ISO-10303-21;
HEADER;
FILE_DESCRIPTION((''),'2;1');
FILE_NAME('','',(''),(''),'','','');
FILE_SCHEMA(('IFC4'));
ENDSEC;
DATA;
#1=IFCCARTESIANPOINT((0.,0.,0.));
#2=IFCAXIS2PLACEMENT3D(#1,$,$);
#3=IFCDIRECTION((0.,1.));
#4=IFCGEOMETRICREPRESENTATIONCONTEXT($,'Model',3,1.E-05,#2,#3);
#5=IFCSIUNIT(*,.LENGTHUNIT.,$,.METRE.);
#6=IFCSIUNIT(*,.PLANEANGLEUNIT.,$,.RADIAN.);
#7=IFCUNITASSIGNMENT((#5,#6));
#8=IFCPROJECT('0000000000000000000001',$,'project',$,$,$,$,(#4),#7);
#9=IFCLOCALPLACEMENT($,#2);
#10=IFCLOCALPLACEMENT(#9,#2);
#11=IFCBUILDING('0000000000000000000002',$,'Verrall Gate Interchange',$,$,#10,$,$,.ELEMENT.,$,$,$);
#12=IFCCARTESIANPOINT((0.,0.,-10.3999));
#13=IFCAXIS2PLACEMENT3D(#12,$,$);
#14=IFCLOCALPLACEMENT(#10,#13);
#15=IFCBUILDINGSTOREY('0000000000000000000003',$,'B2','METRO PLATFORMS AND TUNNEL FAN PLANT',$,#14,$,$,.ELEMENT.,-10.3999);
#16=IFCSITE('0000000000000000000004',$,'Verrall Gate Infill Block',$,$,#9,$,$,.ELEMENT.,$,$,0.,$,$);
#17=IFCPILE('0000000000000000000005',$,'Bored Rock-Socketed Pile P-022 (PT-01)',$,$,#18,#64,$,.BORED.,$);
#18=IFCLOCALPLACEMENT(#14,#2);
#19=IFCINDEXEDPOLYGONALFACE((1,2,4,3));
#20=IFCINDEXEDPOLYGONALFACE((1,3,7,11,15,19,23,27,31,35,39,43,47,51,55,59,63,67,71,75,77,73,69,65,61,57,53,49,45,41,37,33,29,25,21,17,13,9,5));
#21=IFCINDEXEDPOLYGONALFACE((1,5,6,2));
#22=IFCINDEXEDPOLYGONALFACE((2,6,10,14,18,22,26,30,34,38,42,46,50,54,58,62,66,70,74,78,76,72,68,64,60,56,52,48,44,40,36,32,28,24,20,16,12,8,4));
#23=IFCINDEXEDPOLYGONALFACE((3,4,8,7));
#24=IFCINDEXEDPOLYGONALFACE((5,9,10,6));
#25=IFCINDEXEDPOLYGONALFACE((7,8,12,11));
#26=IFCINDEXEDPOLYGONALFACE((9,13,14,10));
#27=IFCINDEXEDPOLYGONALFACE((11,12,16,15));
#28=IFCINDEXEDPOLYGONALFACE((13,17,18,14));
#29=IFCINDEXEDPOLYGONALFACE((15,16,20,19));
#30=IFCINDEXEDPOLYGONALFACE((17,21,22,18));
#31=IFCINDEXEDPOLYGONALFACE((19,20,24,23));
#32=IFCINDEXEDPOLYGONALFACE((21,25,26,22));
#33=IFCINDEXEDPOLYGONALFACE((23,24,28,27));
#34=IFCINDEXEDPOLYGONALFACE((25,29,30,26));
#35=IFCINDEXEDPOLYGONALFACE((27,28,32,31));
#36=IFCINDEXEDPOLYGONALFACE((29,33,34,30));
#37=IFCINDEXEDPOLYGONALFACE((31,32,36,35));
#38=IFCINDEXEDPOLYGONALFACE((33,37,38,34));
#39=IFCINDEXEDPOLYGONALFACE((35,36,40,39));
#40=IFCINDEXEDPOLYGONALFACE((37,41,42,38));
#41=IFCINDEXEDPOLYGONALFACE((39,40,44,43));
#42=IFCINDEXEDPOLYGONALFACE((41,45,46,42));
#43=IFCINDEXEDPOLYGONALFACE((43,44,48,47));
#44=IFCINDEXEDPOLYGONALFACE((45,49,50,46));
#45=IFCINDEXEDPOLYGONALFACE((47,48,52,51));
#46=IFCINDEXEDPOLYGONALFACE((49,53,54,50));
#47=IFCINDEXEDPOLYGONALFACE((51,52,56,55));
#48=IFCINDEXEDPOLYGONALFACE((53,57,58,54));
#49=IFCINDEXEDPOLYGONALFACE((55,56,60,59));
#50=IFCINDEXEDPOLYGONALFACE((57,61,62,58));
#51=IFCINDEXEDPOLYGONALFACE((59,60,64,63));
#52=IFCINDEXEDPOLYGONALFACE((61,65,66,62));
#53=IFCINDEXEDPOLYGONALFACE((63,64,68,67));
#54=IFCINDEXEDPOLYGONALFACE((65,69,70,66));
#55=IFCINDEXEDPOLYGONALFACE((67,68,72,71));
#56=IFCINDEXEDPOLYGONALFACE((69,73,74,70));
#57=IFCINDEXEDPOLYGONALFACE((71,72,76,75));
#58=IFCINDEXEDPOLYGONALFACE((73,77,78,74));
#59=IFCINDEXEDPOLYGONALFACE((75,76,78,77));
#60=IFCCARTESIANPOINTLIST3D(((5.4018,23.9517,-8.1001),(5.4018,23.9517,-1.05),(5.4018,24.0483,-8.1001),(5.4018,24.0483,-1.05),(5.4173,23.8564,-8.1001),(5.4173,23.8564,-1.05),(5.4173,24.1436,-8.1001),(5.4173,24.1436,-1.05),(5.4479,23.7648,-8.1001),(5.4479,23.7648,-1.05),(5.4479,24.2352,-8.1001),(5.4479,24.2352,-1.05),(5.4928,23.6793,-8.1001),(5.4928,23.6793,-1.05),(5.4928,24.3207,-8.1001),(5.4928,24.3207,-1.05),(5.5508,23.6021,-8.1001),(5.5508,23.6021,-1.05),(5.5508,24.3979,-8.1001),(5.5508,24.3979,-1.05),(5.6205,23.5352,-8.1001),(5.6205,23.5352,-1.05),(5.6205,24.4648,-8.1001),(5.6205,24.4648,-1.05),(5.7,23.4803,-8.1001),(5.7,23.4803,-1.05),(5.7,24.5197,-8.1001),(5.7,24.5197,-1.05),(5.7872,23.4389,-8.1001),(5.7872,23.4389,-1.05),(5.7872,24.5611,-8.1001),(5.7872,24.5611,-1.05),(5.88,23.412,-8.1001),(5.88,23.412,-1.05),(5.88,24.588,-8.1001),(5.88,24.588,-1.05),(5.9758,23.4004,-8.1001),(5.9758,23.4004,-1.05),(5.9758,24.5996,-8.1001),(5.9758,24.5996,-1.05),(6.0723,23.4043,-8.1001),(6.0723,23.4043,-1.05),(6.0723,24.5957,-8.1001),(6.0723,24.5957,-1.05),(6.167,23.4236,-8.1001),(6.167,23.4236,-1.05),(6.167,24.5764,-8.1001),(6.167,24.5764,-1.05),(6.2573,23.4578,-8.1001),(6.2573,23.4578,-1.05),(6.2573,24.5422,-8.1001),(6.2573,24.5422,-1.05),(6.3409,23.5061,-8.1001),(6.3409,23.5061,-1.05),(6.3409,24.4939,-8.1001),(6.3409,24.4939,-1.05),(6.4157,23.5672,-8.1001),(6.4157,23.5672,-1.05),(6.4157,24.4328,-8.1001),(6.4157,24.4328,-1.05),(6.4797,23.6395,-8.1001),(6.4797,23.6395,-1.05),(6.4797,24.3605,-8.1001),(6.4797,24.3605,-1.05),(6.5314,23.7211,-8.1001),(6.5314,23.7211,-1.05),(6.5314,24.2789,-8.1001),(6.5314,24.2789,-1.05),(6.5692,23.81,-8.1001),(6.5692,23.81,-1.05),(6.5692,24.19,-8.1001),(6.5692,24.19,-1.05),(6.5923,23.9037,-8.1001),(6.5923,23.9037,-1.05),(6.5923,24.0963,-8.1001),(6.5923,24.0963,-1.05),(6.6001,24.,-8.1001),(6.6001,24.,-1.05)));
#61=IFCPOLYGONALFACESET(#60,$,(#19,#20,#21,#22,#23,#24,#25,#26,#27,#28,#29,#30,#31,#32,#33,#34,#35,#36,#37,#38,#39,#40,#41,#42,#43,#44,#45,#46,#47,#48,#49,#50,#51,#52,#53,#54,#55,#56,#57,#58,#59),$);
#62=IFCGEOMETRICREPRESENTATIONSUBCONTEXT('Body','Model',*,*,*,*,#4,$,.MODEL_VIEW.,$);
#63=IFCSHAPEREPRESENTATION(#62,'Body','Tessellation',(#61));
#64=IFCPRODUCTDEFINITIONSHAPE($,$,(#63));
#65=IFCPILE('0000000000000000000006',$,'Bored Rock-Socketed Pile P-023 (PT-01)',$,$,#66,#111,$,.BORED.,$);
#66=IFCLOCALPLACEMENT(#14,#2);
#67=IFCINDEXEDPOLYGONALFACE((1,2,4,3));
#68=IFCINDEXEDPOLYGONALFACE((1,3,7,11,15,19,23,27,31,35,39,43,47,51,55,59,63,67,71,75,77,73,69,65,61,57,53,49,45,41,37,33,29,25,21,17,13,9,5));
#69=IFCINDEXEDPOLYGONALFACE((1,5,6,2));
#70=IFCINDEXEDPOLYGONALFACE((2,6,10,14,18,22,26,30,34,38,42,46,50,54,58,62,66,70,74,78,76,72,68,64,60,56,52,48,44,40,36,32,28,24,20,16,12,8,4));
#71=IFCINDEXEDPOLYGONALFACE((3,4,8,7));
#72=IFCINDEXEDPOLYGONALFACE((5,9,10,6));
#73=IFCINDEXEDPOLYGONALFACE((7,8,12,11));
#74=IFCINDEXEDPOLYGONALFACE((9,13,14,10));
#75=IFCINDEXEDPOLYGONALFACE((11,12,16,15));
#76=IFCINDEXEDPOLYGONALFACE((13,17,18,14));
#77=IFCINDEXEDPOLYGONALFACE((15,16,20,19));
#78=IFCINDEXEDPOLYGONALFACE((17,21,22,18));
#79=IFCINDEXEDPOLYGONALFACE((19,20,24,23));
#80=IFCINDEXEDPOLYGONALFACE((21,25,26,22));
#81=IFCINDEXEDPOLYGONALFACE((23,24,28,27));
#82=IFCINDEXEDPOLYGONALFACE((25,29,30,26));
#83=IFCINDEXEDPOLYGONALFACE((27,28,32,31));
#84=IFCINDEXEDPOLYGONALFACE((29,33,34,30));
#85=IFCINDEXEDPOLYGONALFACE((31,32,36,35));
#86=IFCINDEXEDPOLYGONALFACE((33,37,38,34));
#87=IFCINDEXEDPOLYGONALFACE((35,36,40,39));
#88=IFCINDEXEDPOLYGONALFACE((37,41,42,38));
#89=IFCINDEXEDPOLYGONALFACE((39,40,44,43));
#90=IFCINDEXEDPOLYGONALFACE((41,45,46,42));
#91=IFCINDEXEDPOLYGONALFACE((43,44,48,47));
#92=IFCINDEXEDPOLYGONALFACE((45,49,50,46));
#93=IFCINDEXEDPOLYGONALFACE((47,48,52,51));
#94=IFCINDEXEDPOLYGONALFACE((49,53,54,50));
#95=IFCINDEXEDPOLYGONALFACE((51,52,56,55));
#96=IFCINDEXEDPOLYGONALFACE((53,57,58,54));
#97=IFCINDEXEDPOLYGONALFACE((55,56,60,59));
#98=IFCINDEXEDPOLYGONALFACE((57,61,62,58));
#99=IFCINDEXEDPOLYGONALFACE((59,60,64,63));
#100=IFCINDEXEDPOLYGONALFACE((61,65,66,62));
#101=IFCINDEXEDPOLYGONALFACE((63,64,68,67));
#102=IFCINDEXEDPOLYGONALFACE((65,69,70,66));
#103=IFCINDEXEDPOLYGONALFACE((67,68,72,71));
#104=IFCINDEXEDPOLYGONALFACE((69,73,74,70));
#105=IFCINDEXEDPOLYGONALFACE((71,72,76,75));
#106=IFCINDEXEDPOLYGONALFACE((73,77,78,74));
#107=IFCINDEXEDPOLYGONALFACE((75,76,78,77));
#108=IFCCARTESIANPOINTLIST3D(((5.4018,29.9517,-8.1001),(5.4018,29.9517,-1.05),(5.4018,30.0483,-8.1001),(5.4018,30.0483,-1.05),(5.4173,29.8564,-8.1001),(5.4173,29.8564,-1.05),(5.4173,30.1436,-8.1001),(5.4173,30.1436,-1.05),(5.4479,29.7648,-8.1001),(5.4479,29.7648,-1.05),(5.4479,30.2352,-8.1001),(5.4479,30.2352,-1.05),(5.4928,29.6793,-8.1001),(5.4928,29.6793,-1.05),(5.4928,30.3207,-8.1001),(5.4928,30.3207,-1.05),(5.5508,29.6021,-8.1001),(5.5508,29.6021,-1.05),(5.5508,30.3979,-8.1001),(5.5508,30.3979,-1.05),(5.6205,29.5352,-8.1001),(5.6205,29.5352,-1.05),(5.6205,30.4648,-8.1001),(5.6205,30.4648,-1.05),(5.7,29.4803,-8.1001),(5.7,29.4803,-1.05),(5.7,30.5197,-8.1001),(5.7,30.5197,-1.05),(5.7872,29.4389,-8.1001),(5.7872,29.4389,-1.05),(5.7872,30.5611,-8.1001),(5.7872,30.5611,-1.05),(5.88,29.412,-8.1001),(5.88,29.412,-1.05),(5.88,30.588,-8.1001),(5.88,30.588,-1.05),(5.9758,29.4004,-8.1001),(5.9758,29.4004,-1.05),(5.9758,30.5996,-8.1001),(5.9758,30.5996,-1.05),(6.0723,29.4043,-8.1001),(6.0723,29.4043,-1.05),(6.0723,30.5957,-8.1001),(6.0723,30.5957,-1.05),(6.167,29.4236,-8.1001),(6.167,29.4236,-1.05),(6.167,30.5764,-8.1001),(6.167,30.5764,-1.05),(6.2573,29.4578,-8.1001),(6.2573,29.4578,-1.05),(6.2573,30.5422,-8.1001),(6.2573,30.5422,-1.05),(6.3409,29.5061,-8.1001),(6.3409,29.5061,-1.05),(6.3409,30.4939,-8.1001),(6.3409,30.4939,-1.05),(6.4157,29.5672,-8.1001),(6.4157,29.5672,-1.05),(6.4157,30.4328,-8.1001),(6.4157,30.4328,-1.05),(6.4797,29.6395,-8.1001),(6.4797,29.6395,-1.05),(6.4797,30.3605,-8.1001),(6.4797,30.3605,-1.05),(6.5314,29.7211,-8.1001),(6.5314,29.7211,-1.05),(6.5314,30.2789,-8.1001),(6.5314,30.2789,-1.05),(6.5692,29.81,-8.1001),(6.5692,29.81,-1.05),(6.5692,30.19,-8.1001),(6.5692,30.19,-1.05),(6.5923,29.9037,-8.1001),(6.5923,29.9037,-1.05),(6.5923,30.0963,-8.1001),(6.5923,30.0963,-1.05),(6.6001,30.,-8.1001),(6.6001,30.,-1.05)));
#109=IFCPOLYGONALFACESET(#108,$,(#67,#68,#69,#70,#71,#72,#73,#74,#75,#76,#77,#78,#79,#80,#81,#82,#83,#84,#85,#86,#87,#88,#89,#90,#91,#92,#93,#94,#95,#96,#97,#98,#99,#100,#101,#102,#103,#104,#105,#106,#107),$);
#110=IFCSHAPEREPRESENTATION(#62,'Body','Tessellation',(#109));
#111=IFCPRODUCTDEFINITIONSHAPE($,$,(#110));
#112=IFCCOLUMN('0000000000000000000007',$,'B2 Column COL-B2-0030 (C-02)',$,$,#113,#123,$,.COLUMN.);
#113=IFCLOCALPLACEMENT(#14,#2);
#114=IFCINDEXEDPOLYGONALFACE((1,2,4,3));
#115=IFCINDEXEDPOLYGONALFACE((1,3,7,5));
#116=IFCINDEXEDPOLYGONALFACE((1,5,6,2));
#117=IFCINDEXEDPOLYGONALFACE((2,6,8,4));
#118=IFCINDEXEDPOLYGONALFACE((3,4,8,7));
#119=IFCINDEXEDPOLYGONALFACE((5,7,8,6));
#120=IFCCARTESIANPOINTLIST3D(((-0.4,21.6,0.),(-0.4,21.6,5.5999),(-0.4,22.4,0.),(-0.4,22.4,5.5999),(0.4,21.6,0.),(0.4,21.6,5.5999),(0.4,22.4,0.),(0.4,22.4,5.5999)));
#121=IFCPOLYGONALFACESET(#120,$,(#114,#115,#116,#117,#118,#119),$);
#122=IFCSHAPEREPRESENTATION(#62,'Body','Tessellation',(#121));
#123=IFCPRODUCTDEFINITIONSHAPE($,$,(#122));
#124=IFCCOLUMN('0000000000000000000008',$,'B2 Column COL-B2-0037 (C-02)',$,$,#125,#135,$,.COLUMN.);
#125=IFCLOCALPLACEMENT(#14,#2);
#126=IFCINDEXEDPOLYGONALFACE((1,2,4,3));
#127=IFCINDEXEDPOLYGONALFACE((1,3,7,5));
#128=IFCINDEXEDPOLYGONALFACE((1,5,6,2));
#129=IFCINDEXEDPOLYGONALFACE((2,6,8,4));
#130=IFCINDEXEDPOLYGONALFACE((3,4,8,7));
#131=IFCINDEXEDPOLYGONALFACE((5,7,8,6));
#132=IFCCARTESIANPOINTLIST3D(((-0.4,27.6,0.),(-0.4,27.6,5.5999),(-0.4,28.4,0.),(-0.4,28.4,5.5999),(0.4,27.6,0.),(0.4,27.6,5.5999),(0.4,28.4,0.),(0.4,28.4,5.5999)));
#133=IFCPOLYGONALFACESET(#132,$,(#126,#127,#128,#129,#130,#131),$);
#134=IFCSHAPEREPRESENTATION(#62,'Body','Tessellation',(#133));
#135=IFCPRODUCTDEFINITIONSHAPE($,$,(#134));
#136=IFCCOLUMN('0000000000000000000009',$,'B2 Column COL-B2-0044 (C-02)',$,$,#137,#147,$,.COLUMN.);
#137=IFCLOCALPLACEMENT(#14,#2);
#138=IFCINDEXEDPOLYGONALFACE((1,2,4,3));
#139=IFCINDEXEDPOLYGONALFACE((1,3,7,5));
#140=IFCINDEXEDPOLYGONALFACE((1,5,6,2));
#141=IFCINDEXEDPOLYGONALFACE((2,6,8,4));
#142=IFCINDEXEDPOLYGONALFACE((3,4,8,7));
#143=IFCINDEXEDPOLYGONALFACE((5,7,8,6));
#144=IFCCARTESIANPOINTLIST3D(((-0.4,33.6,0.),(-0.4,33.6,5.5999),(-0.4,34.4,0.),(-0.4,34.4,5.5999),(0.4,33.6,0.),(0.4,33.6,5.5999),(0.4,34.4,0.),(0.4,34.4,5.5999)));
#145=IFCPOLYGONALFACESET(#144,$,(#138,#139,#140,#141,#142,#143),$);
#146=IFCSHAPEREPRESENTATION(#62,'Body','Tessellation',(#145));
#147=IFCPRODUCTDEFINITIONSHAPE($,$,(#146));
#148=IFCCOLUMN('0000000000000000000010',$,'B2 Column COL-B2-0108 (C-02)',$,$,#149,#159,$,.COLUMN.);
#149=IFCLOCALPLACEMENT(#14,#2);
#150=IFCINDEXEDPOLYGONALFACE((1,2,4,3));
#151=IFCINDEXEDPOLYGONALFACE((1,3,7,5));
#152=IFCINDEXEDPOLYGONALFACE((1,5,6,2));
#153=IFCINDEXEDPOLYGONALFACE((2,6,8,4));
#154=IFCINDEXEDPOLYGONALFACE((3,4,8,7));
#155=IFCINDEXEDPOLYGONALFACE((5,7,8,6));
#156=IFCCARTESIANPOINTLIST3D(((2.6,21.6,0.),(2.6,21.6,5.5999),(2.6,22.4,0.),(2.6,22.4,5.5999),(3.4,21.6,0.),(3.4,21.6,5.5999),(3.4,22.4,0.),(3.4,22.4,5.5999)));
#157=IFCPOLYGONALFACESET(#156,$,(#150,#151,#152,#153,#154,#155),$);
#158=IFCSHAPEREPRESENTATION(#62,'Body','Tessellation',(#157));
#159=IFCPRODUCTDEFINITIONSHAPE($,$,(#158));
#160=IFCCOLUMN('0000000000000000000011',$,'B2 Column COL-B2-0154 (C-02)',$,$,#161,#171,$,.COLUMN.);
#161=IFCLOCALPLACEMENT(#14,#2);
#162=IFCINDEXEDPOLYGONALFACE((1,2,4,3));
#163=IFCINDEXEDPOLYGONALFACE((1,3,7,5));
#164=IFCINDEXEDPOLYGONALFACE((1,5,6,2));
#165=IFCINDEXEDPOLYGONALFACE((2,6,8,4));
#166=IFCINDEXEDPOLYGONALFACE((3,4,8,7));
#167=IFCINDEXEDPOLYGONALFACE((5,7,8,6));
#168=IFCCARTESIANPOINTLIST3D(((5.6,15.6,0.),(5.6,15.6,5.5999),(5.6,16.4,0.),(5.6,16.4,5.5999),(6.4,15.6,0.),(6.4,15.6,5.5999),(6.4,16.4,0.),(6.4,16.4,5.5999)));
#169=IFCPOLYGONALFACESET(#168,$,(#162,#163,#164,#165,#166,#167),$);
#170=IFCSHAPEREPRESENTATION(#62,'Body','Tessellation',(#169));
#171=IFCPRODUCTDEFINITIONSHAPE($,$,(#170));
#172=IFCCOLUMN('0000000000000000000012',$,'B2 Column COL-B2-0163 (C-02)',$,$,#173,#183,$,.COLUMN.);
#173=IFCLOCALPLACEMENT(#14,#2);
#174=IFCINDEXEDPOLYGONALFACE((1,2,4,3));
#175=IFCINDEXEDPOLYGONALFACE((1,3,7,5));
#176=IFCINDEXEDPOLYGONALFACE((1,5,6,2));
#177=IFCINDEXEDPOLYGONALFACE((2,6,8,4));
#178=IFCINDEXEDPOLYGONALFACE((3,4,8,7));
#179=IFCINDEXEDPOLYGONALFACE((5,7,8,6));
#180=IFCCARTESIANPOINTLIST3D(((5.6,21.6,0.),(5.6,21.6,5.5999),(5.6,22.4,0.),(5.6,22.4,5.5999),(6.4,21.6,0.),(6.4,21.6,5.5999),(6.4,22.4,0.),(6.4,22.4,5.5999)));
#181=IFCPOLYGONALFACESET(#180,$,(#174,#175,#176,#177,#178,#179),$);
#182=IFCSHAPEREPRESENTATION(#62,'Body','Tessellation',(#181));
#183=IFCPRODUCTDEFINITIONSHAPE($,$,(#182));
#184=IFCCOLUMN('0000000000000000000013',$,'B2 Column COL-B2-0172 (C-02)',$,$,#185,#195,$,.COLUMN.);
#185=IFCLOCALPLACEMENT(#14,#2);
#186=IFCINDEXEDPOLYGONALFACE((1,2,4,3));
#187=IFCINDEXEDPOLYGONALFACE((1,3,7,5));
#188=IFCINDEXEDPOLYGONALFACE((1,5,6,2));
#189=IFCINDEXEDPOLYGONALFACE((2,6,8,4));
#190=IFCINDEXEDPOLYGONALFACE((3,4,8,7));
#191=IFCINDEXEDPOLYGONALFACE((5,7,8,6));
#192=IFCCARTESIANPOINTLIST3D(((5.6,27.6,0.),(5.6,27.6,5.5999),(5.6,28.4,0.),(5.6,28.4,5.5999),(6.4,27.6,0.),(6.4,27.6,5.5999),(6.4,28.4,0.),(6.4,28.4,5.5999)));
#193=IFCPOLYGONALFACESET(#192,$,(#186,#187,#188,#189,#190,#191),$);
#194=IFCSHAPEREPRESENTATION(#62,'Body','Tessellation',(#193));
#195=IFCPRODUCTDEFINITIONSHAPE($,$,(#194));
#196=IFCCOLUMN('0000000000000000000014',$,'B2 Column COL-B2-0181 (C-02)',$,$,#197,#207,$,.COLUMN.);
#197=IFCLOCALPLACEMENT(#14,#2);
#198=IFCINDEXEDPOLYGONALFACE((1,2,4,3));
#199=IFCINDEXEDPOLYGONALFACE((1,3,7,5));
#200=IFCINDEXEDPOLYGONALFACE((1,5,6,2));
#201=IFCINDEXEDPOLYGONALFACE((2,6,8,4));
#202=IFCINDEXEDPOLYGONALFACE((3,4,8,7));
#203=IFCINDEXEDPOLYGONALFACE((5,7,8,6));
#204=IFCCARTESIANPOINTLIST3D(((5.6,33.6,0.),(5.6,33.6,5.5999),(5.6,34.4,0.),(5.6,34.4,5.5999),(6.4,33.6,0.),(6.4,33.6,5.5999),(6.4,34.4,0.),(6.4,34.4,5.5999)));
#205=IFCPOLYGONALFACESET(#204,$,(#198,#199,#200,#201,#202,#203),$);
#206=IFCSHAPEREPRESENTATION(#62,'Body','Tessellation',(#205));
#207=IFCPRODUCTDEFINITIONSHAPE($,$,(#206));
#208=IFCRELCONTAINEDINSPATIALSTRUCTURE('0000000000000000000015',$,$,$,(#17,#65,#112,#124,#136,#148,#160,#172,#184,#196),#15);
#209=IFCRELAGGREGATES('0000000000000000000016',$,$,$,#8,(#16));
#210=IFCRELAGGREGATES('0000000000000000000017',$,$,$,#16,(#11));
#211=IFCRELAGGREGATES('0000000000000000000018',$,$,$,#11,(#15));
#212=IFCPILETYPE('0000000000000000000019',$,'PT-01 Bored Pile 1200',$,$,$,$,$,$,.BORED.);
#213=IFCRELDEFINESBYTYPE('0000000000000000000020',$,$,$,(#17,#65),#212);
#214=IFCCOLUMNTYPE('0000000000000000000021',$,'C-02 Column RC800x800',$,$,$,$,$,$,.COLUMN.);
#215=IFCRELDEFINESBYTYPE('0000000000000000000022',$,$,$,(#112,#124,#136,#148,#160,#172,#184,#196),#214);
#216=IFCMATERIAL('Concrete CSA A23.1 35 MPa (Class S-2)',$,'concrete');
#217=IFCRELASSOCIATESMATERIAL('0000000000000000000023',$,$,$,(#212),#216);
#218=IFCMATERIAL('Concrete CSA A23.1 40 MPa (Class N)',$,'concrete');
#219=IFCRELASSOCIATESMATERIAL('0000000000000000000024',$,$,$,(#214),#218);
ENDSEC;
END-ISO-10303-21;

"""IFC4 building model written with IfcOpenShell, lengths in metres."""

from ifc_helpers import new_model, si_unit, direction, frame, origin, origin_2d, place, context, subcontext, project, spatial, rectangle, circle, extrude, material, material_profile, profile_set, type_object, element, save


model = new_model("IFC4")

# Units and contexts
model_context = context("Model", 3, precision=1e-05, world=origin(), true_north=direction((0.0, 1.0)))
body_context = subcontext(model_context, "Body", "Model", "MODEL_VIEW")
ifc_project = project(units=[si_unit("LENGTHUNIT", "METRE"), si_unit("PLANEANGLEUNIT", "RADIAN")], contexts=[model_context])

# Site, building, storey
site_placement = place(None, origin())
site = spatial("IfcSite", under=ifc_project, at=site_placement, Name="Verrall Gate Infill Block", CompositionType="ELEMENT", RefElevation=0.0)
building_placement = place(site_placement, origin())
building = spatial("IfcBuilding", under=site, at=building_placement, Name="Verrall Gate Interchange", CompositionType="ELEMENT")
storey_placement = place(building_placement, frame((0.0, 0.0, -10.3999)))
storey = spatial("IfcBuildingStorey", under=building, at=storey_placement, Name="B2", Description="METRO PLATFORMS AND TUNNEL FAN PLANT", CompositionType="ELEMENT", Elevation=-10.3999)

# Piles
ifc_material_1 = material(Name="Concrete CSA A23.1 35 MPa (Class S-2)", Category="concrete")
ifc_material_profile_1 = material_profile(ifc_material_1, circle(Radius=0.6001, at=origin_2d()), Name="PILE1200D")
ifc_profile_set_1 = profile_set([ifc_material_profile_1], Name="Concrete CSA A23.1 35 MPa (Class S-2)")
pile_type = type_object("IfcPileType", Name="PT-01 Bored Pile 1200", PredefinedType="BORED", material=ifc_profile_set_1)
for number, where, z_axis, x_axis, name in (
    (1, (6.0, 24.0, -1.05), (0.0, 0.0, -1.0), (1.0, 0.0, 0.0), "Bored Rock-Socketed Pile P-022 (PT-01)"),
    (2, (6.0, 30.0, -1.05), (0.0, 0.0, -1.0), (1.0, 0.0, 0.0), "Bored Rock-Socketed Pile P-023 (PT-01)"),
):
    element("IfcPile", number, at=place(storey_placement, frame(where, z_axis=z_axis, x_axis=x_axis)), inside=storey, type_object=pile_type, Name=name, PredefinedType="BORED", context=body_context, shape_type="SweptSolid", body=[
        extrude(circle(Radius=0.6001, at=origin_2d()), origin(), (0.0, 0.0, 1.0), 7.05),
    ])

# Columns
ifc_material_2 = material(Name="Concrete CSA A23.1 40 MPa (Class N)", Category="concrete")
ifc_material_profile_2 = material_profile(ifc_material_2, rectangle(XDim=0.8, YDim=0.8, at=origin_2d()), Name="RC800x800")
ifc_profile_set_2 = profile_set([ifc_material_profile_2], Name="Concrete CSA A23.1 40 MPa (Class N)")
column_type = type_object("IfcColumnType", Name="C-02 Column RC800x800", PredefinedType="COLUMN", material=ifc_profile_set_2)
for number, where, z_axis, x_axis, name in (
    (3, (0.0, 22.0, 0.0), (0.0, 0.0, 1.0), (1.0, 0.0, 0.0), "B2 Column COL-B2-0030 (C-02)"),
    (4, (0.0, 28.0, 0.0), (0.0, 0.0, 1.0), (1.0, 0.0, 0.0), "B2 Column COL-B2-0037 (C-02)"),
    (5, (0.0, 34.0, 0.0), (0.0, 0.0, 1.0), (1.0, 0.0, 0.0), "B2 Column COL-B2-0044 (C-02)"),
    (6, (3.0, 22.0, 0.0), (0.0, 0.0, 1.0), (1.0, 0.0, 0.0), "B2 Column COL-B2-0108 (C-02)"),
    (7, (6.0, 16.0, 0.0), (0.0, 0.0, 1.0), (1.0, 0.0, 0.0), "B2 Column COL-B2-0154 (C-02)"),
    (8, (6.0, 22.0, 0.0), (0.0, 0.0, 1.0), (1.0, 0.0, 0.0), "B2 Column COL-B2-0163 (C-02)"),
    (9, (6.0, 28.0, 0.0), (0.0, 0.0, 1.0), (1.0, 0.0, 0.0), "B2 Column COL-B2-0172 (C-02)"),
    (10, (6.0, 34.0, 0.0), (0.0, 0.0, 1.0), (1.0, 0.0, 0.0), "B2 Column COL-B2-0181 (C-02)"),
):
    element("IfcColumn", number, at=place(storey_placement, frame(where, z_axis=z_axis, x_axis=x_axis)), inside=storey, type_object=column_type, Name=name, PredefinedType="COLUMN", context=body_context, shape_type="SweptSolid", body=[
        extrude(rectangle(XDim=0.8, YDim=0.8, at=origin_2d()), origin(), (0.0, 0.0, 1.0), 5.5999),
    ])

save(model, "model.ifc")
